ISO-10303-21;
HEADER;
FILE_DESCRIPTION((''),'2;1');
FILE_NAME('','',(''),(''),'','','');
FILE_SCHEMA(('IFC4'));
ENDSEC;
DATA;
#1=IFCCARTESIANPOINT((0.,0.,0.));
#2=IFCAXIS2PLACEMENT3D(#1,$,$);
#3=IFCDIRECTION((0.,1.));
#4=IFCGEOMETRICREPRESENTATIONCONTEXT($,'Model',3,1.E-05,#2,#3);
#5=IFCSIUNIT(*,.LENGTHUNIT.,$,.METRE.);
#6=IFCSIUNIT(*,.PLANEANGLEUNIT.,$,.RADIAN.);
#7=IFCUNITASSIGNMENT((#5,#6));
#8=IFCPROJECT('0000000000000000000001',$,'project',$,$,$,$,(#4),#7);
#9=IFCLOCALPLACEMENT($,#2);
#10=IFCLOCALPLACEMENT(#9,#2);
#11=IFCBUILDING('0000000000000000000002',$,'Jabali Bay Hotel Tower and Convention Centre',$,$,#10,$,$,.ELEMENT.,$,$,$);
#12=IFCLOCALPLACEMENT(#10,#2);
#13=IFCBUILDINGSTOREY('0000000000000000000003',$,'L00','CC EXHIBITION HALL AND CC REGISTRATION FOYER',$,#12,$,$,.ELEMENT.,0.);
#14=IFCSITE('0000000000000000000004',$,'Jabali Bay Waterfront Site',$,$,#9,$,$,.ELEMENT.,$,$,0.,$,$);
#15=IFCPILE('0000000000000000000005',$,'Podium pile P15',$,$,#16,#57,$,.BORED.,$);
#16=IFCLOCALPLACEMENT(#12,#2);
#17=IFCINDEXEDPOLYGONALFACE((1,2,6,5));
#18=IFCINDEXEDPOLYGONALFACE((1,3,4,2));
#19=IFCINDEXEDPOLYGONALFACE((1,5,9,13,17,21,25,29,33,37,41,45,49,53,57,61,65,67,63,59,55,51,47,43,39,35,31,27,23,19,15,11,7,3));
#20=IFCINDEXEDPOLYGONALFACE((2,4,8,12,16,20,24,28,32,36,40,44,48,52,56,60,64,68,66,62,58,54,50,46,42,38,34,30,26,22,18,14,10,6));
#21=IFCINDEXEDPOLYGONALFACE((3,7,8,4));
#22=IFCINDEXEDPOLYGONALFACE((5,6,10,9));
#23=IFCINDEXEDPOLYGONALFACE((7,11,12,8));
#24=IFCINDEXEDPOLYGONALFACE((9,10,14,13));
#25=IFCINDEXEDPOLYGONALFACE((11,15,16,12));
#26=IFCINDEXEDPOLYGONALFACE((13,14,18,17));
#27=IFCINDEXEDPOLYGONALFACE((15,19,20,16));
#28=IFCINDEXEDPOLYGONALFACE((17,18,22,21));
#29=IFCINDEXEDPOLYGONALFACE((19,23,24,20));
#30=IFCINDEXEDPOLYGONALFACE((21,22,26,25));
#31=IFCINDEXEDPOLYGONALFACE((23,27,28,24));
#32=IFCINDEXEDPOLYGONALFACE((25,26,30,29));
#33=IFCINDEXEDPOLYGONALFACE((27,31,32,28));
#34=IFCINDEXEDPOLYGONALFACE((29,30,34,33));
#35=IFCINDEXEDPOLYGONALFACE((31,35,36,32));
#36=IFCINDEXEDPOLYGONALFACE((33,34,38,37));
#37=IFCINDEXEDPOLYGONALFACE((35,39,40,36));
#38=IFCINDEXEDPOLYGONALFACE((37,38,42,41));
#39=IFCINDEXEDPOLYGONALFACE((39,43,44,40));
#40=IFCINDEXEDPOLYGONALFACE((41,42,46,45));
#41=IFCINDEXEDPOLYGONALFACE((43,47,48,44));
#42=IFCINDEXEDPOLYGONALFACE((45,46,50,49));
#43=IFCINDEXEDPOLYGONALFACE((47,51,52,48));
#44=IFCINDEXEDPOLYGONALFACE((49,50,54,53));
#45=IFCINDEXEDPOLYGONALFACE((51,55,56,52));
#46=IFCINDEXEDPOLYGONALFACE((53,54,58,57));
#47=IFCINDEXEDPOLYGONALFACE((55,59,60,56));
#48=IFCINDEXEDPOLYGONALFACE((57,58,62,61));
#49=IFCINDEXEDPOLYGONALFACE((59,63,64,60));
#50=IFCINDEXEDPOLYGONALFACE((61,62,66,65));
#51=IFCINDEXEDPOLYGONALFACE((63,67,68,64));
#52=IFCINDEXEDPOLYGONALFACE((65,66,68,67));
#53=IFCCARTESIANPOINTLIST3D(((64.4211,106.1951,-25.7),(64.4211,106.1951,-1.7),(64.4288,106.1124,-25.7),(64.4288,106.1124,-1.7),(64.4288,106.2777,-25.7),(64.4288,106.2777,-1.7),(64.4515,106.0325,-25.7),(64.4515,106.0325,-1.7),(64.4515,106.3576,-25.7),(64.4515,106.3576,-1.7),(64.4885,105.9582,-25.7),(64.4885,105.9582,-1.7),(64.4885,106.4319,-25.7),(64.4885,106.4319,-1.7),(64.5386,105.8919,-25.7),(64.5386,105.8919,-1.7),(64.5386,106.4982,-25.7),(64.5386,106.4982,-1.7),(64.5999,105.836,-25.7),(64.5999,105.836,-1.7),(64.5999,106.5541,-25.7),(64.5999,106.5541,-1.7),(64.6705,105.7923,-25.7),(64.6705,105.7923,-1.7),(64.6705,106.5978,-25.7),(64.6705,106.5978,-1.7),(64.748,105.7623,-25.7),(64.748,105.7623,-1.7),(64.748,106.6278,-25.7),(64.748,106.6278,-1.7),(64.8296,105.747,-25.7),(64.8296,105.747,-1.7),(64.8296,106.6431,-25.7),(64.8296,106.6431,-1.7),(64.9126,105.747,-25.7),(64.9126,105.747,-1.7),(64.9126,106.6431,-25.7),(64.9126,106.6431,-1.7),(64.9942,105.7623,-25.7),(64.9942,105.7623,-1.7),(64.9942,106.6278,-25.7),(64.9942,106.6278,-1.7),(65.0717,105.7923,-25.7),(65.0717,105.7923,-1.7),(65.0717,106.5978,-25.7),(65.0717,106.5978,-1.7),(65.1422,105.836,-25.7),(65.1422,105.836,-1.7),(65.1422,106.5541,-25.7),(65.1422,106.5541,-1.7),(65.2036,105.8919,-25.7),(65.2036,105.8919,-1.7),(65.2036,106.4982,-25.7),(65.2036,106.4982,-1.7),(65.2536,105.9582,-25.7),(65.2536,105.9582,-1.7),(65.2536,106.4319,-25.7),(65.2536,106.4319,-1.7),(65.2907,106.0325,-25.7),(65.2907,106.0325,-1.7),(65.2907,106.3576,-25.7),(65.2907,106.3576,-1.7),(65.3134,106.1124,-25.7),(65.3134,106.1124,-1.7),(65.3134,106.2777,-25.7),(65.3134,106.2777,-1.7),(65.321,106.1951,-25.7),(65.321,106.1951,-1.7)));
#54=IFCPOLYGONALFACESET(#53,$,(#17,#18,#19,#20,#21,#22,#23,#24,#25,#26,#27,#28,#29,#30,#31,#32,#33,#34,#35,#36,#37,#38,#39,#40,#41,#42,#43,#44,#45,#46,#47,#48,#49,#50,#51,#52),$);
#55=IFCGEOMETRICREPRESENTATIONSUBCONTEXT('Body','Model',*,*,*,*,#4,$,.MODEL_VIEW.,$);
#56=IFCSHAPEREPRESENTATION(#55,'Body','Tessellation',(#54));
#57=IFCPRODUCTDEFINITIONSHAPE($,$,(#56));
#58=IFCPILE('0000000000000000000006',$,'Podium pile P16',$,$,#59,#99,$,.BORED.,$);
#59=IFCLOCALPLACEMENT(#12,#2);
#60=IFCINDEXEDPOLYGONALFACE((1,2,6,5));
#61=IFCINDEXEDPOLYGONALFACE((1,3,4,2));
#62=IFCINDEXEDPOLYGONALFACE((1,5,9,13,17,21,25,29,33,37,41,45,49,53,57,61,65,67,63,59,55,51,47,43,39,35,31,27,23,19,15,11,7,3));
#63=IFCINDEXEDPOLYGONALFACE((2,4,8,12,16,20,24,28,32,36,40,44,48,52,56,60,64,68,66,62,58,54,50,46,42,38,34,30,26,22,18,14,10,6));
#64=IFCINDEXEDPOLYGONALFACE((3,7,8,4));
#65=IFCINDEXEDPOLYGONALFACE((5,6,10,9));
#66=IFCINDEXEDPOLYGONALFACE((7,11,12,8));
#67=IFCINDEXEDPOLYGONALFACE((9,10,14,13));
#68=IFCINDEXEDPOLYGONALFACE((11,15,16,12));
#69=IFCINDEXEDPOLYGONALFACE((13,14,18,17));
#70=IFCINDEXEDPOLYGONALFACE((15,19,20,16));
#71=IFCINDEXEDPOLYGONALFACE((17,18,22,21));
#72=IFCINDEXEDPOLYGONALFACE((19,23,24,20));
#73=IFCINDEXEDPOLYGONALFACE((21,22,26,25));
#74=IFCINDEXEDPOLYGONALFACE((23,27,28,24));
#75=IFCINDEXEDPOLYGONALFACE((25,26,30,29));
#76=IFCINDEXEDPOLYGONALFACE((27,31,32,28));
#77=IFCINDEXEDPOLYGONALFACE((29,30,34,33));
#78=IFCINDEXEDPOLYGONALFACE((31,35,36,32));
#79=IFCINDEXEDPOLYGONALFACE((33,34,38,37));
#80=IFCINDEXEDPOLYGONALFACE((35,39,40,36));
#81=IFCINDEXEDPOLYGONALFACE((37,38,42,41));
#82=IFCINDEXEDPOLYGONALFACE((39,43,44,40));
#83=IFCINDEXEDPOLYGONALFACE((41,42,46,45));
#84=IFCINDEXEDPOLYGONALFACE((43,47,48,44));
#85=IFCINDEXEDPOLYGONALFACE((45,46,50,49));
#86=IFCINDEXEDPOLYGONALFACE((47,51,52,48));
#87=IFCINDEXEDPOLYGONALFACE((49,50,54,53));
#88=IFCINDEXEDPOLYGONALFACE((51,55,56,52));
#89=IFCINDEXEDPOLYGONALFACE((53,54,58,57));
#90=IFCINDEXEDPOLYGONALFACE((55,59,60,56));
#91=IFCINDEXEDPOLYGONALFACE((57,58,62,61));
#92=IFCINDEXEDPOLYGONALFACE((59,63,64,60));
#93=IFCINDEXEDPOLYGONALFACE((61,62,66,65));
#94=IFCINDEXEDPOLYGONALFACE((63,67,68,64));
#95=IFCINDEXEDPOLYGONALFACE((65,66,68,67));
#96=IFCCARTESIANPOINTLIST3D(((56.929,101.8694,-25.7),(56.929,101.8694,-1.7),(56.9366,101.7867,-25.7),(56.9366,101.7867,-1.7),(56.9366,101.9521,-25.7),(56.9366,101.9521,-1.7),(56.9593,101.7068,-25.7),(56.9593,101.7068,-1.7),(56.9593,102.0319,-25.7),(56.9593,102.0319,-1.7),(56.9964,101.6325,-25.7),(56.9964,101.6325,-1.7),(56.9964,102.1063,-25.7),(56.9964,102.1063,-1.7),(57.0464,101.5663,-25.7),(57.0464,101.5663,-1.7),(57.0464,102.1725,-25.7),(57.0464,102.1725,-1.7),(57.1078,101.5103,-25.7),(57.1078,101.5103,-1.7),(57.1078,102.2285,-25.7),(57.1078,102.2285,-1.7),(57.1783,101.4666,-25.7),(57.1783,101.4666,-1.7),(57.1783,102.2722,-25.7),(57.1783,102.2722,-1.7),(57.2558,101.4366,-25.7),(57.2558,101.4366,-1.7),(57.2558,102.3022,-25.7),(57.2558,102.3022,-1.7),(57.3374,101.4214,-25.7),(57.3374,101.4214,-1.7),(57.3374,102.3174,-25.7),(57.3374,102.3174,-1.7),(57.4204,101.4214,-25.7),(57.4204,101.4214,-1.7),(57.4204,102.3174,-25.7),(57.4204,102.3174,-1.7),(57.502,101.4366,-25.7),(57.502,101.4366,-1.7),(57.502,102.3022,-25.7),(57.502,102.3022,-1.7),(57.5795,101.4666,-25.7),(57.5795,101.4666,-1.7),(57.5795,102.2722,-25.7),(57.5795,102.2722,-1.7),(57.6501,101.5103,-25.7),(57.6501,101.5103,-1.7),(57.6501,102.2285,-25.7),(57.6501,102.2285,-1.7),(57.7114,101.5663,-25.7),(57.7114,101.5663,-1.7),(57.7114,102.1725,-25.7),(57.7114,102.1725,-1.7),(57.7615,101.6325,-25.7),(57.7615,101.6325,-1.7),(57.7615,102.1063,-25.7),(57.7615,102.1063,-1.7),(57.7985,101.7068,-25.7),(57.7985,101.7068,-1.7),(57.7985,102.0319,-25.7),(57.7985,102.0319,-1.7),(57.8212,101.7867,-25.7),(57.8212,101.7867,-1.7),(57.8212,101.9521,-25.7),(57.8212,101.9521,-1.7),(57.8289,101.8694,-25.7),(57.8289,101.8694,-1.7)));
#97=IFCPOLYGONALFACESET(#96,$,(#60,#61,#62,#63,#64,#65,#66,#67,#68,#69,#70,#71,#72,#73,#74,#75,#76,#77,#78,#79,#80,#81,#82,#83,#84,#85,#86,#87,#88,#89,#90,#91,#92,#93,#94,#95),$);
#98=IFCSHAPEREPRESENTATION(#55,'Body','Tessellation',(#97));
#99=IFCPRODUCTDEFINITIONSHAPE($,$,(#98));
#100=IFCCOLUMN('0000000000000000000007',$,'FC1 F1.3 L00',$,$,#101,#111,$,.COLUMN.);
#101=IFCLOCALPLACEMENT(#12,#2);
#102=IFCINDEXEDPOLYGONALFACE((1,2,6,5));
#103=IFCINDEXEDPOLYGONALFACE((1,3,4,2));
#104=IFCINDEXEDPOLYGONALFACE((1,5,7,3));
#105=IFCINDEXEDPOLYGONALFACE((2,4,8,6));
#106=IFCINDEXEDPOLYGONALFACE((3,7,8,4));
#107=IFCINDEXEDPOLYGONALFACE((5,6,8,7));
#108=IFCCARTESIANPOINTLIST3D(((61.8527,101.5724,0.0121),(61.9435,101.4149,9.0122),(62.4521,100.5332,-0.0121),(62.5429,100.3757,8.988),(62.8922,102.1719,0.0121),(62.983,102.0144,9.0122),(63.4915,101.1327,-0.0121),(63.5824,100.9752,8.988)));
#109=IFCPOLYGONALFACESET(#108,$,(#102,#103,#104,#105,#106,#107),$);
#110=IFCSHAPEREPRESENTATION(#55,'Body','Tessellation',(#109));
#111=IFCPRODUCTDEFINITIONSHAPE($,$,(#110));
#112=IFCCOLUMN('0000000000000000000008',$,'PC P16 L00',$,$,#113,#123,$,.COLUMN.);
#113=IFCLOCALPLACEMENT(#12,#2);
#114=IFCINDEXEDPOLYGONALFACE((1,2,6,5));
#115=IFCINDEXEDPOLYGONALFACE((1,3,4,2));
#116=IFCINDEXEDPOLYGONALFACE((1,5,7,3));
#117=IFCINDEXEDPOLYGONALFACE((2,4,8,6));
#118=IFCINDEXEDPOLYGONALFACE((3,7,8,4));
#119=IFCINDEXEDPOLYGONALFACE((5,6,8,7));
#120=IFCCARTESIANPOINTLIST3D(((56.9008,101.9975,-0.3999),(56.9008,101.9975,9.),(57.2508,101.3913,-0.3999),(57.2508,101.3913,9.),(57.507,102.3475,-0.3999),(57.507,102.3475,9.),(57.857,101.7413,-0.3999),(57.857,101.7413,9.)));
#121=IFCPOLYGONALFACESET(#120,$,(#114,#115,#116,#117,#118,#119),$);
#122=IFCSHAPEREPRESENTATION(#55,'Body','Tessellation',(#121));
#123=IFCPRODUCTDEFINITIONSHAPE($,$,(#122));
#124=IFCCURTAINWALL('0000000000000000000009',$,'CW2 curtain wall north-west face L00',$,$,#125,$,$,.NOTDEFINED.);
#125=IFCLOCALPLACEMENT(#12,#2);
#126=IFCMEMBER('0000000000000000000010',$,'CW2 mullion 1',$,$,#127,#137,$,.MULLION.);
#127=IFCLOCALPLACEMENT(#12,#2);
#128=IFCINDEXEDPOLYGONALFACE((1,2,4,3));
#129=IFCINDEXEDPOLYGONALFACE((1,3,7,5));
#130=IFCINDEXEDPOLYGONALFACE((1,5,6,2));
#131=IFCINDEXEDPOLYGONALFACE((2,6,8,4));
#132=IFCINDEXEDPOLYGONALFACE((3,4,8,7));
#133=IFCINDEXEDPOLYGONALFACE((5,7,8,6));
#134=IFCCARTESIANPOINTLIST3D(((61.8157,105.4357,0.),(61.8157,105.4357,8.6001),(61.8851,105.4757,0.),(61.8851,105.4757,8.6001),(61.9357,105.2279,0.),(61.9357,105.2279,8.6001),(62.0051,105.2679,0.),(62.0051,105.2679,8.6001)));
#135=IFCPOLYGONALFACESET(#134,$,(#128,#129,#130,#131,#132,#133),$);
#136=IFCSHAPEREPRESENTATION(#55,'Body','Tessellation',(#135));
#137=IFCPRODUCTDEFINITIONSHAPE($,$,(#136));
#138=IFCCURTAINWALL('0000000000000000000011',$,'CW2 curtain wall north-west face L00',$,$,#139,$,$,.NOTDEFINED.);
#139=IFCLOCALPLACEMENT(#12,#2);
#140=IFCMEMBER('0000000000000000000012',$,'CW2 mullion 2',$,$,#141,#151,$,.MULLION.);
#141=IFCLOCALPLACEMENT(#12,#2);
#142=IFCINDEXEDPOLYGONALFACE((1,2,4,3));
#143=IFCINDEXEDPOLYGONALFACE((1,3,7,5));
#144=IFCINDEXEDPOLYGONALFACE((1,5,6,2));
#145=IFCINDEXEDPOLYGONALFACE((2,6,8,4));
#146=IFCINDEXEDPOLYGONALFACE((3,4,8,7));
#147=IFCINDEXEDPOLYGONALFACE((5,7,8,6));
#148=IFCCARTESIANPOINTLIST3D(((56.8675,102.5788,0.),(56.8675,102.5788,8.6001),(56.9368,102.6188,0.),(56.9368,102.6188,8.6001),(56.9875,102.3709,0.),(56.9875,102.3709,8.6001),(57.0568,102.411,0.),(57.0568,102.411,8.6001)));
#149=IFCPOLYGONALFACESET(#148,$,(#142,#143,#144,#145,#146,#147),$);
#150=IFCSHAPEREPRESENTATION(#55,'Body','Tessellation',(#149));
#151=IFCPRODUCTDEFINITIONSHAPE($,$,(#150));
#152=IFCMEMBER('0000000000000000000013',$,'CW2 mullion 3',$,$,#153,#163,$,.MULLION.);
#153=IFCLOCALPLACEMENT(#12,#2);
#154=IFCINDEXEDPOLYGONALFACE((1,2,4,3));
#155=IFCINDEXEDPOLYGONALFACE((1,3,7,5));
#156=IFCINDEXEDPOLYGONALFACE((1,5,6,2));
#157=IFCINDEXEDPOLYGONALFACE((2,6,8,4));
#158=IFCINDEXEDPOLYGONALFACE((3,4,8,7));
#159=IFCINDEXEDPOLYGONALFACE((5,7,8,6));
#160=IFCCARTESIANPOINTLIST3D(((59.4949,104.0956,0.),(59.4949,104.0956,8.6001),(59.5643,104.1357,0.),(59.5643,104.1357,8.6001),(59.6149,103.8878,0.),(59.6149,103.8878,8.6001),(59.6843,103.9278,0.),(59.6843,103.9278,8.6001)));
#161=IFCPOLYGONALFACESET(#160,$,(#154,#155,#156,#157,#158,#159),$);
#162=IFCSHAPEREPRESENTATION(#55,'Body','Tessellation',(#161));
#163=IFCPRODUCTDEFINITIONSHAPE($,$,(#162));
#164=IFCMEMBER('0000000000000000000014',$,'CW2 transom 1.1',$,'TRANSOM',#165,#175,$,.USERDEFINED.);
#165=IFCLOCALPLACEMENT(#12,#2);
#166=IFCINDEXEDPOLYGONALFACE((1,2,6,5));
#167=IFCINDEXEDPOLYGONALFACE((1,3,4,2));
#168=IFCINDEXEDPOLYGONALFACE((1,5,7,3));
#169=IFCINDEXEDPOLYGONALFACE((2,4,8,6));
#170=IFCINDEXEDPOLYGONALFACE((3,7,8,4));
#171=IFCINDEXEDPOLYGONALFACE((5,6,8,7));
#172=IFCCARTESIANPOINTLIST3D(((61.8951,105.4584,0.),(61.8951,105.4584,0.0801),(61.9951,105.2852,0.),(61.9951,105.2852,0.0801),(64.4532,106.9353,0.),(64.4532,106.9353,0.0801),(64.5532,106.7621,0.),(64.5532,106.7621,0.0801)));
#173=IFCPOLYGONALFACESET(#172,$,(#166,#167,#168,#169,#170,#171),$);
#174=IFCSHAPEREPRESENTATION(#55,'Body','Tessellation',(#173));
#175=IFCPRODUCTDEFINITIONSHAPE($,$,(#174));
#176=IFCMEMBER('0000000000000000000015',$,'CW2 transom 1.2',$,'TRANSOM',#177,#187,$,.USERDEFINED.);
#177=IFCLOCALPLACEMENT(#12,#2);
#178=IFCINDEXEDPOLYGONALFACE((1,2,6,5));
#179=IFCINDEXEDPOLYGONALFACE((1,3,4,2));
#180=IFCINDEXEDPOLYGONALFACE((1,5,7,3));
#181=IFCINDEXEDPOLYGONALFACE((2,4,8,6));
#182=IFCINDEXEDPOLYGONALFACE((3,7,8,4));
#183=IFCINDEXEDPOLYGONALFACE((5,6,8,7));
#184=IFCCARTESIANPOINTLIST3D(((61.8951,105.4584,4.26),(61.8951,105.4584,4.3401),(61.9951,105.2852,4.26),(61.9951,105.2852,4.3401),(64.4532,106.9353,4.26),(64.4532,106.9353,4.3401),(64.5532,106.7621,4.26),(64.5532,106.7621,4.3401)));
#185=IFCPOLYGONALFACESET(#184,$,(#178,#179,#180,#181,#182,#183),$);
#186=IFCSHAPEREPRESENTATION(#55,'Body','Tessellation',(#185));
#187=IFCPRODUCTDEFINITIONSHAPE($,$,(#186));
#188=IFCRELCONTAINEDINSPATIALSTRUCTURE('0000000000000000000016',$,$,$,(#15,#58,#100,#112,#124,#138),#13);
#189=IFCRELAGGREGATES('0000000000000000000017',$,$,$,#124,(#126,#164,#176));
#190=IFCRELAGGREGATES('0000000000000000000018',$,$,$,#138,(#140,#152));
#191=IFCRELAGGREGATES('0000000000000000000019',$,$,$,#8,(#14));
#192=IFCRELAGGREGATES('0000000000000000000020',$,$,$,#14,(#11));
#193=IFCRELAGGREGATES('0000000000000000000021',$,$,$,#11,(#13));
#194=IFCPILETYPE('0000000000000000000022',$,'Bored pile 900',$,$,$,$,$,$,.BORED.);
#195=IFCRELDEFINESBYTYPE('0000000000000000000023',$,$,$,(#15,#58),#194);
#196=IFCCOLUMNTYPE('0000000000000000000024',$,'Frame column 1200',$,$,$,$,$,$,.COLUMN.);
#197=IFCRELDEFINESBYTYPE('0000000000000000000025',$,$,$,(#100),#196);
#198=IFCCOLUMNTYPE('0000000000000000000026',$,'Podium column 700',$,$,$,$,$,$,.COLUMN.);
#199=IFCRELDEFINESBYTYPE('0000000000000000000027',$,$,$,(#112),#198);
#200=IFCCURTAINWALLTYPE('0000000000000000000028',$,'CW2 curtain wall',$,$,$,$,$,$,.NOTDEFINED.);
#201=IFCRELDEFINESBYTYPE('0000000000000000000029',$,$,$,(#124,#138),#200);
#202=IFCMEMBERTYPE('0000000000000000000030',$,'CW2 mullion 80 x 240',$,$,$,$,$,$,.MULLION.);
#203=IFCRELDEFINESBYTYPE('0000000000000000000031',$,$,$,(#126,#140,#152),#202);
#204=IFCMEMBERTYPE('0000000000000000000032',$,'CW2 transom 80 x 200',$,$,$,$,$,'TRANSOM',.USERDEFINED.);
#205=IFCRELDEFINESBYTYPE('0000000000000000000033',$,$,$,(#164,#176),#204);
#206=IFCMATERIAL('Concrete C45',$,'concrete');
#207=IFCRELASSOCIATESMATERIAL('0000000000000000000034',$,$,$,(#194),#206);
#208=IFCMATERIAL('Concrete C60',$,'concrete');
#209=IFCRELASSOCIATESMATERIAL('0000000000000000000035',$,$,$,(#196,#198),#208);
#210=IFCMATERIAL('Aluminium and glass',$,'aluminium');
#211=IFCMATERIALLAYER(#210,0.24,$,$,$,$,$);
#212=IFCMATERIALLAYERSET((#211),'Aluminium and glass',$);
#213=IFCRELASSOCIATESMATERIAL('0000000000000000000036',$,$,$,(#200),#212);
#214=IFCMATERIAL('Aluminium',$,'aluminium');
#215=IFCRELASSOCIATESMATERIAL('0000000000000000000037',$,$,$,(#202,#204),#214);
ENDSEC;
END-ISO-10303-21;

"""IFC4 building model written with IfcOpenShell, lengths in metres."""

from ifc_helpers import new_model, si_unit, direction, frame, origin, origin_2d, place, context, subcontext, project, spatial, rectangle, circle, extrude, material, layer, layer_set, material_profile, profile_set, type_object, element, aggregate, save


model = new_model("IFC4")

# Units and contexts
model_context = context("Model", 3, precision=1e-05, world=origin(), true_north=direction((0.0, 1.0)))
body_context = subcontext(model_context, "Body", "Model", "MODEL_VIEW")
ifc_project = project(units=[si_unit("LENGTHUNIT", "METRE"), si_unit("PLANEANGLEUNIT", "RADIAN")], contexts=[model_context])

# Site, building, storey
site_placement = place(None, origin())
site = spatial("IfcSite", under=ifc_project, at=site_placement, Name="Jabali Bay Waterfront Site", CompositionType="ELEMENT", RefElevation=0.0)
building_placement = place(site_placement, origin())
building = spatial("IfcBuilding", under=site, at=building_placement, Name="Jabali Bay Hotel Tower and Convention Centre", CompositionType="ELEMENT")
storey_placement = place(building_placement, origin())
storey = spatial("IfcBuildingStorey", under=building, at=storey_placement, Name="L00", Description="CC EXHIBITION HALL AND CC REGISTRATION FOYER", CompositionType="ELEMENT", Elevation=0.0)

# Piles
ifc_material_1 = material(Name="Concrete C45", Category="concrete")
ifc_material_profile_1 = material_profile(ifc_material_1, circle(Radius=0.45, at=origin_2d()), Name="Bored pile 900")
ifc_profile_set_1 = profile_set([ifc_material_profile_1], Name="Concrete C45")
pile_type = type_object("IfcPileType", Name="Bored pile 900", PredefinedType="BORED", material=ifc_profile_set_1)
for number, where, z_axis, x_axis, name in (
    (1, (64.8711, 106.1951, -1.7), (0.0, 0.0, -1.0), (1.0, 0.0, 0.0), "Podium pile P15"),
    (2, (57.3789, 101.8694, -1.7), (0.0, 0.0, -1.0), (1.0, 0.0, 0.0), "Podium pile P16"),
):
    element("IfcPile", number, at=place(storey_placement, frame(where, z_axis=z_axis, x_axis=x_axis)), inside=storey, type_object=pile_type, Name=name, PredefinedType="BORED", context=body_context, shape_type="SweptSolid", body=[
        extrude(circle(Radius=0.45, at=origin_2d()), origin(), (0.0, 0.0, 1.0), 24.0),
    ])

# Columns
ifc_material_2 = material(Name="Concrete C60", Category="concrete")
ifc_material_profile_2 = material_profile(ifc_material_2, rectangle(XDim=1.2, YDim=1.2, at=origin_2d()), Name="Frame column 1200")
ifc_profile_set_2 = profile_set([ifc_material_profile_2], Name="Concrete C60")
column_type_1 = type_object("IfcColumnType", Name="Frame column 1200", PredefinedType="COLUMN", material=ifc_profile_set_2)
column_1_placement = place(storey_placement, frame((62.6721, 101.3525, 0.0), z_axis=(0.010089, -0.017493, 0.999796), x_axis=(0.866252, 0.499607, 0.0)))
element("IfcColumn", 3, at=column_1_placement, inside=storey, type_object=column_type_1, Name="FC1 F1.3 L00", PredefinedType="COLUMN", context=body_context, shape_type="SweptSolid", body=[
    extrude(rectangle(XDim=1.2, YDim=1.2, at=origin_2d()), origin(), (0.0, 0.0, 1.0), 9.002),
])
ifc_material_profile_3 = material_profile(ifc_material_2, rectangle(XDim=0.7, YDim=0.7, at=origin_2d()), Name="Podium column 700")
ifc_profile_set_3 = profile_set([ifc_material_profile_3], Name="Concrete C60")
column_type_2 = type_object("IfcColumnType", Name="Podium column 700", PredefinedType="COLUMN", material=ifc_profile_set_3)
column_2_placement = place(storey_placement, frame((57.3789, 101.8694, -0.3999), z_axis=(0.0, 0.0, 1.0), x_axis=(0.866025, 0.5, 0.0)))
element("IfcColumn", 4, at=column_2_placement, inside=storey, type_object=column_type_2, Name="PC P16 L00", PredefinedType="COLUMN", context=body_context, shape_type="SweptSolid", body=[
    extrude(rectangle(XDim=0.7, YDim=0.7, at=origin_2d()), origin(), (0.0, 0.0, 1.0), 9.3999),
])

# Curtain wall, member
ifc_material_3 = material(Name="Aluminium and glass", Category="aluminium")
ifc_layer_1 = layer(ifc_material_3, 0.24)
ifc_layer_set_1 = layer_set([ifc_layer_1], Name="Aluminium and glass")
curtain_wall_type = type_object("IfcCurtainWallType", Name="CW2 curtain wall", PredefinedType="NOTDEFINED", material=ifc_layer_set_1)
curtain_wall_1_placement = place(storey_placement, origin())
curtain_wall_1 = element("IfcCurtainWall", 5, at=curtain_wall_1_placement, inside=storey, type_object=curtain_wall_type, Name="CW2 curtain wall north-west face L00", PredefinedType="NOTDEFINED")
ifc_material_4 = material(Name="Aluminium", Category="aluminium")
ifc_material_profile_4 = material_profile(ifc_material_4, rectangle(XDim=0.24, YDim=0.0801, at=origin_2d()), Name="CW2 mullion 80 x 240")
ifc_profile_set_4 = profile_set([ifc_material_profile_4], Name="Aluminium")
member_type_1 = type_object("IfcMemberType", Name="CW2 mullion 80 x 240", PredefinedType="MULLION", material=ifc_profile_set_4)
member_1_placement = place(storey_placement, frame((61.9104, 105.3518, 0.0), z_axis=(0.0, 0.0, 1.0), x_axis=(-0.5, 0.866025, 0.0)))
member_1 = element("IfcMember", 6, at=member_1_placement, type_object=member_type_1, Name="CW2 mullion 1", PredefinedType="MULLION", context=body_context, shape_type="SweptSolid", body=[
    extrude(rectangle(XDim=0.24, YDim=0.0801, at=origin_2d()), origin(), (0.0, 0.0, 1.0), 8.6001),
])

# Curtain wall, members
curtain_wall_2_placement = place(storey_placement, origin())
curtain_wall_2 = element("IfcCurtainWall", 7, at=curtain_wall_2_placement, inside=storey, type_object=curtain_wall_type, Name="CW2 curtain wall north-west face L00", PredefinedType="NOTDEFINED")
member_2_placement = place(storey_placement, frame((56.9622, 102.4949, 0.0), z_axis=(0.0, 0.0, 1.0), x_axis=(-0.5, 0.866025, 0.0)))
member_2 = element("IfcMember", 8, at=member_2_placement, type_object=member_type_1, Name="CW2 mullion 2", PredefinedType="MULLION", context=body_context, shape_type="SweptSolid", body=[
    extrude(rectangle(XDim=0.24, YDim=0.0801, at=origin_2d()), origin(), (0.0, 0.0, 1.0), 8.6001),
])
member_3_placement = place(storey_placement, frame((59.5896, 104.0117, 0.0), z_axis=(0.0, 0.0, 1.0), x_axis=(-0.5, 0.866025, 0.0)))
member_3 = element("IfcMember", 9, at=member_3_placement, type_object=member_type_1, Name="CW2 mullion 3", PredefinedType="MULLION", context=body_context, shape_type="SweptSolid", body=[
    extrude(rectangle(XDim=0.24, YDim=0.0801, at=origin_2d()), origin(), (0.0, 0.0, 1.0), 8.6001),
])

# Members
ifc_material_profile_5 = material_profile(ifc_material_4, rectangle(XDim=0.2, YDim=0.0801, at=origin_2d()), Name="CW2 transom 80 x 200")
ifc_profile_set_5 = profile_set([ifc_material_profile_5], Name="Aluminium")
member_type_2 = type_object("IfcMemberType", Name="CW2 transom 80 x 200", ElementType="TRANSOM", PredefinedType="USERDEFINED", material=ifc_profile_set_5)
member_4_placement = place(storey_placement, frame((61.9451, 105.3718, 0.04), z_axis=(0.866042, 0.49997, 0.0), x_axis=(-0.49997, 0.866042, 0.0)))
member_4 = element("IfcMember", 10, at=member_4_placement, type_object=member_type_2, Name="CW2 transom 1.1", ObjectType="TRANSOM", PredefinedType="USERDEFINED", context=body_context, shape_type="SweptSolid", body=[
    extrude(rectangle(XDim=0.2, YDim=0.0801, at=origin_2d()), origin(), (0.0, 0.0, 1.0), 2.9539),
])
member_5_placement = place(storey_placement, frame((61.9451, 105.3718, 4.3), z_axis=(0.866042, 0.49997, 0.0), x_axis=(-0.49997, 0.866042, 0.0)))
member_5 = element("IfcMember", 11, at=member_5_placement, type_object=member_type_2, Name="CW2 transom 1.2", ObjectType="TRANSOM", PredefinedType="USERDEFINED", context=body_context, shape_type="SweptSolid", body=[
    extrude(rectangle(XDim=0.2, YDim=0.0801, at=origin_2d()), origin(), (0.0, 0.0, 1.0), 2.9539),
])

aggregate(curtain_wall_1, [member_1, member_4, member_5])
aggregate(curtain_wall_2, [member_2, member_3])

save(model, "model.ifc")
